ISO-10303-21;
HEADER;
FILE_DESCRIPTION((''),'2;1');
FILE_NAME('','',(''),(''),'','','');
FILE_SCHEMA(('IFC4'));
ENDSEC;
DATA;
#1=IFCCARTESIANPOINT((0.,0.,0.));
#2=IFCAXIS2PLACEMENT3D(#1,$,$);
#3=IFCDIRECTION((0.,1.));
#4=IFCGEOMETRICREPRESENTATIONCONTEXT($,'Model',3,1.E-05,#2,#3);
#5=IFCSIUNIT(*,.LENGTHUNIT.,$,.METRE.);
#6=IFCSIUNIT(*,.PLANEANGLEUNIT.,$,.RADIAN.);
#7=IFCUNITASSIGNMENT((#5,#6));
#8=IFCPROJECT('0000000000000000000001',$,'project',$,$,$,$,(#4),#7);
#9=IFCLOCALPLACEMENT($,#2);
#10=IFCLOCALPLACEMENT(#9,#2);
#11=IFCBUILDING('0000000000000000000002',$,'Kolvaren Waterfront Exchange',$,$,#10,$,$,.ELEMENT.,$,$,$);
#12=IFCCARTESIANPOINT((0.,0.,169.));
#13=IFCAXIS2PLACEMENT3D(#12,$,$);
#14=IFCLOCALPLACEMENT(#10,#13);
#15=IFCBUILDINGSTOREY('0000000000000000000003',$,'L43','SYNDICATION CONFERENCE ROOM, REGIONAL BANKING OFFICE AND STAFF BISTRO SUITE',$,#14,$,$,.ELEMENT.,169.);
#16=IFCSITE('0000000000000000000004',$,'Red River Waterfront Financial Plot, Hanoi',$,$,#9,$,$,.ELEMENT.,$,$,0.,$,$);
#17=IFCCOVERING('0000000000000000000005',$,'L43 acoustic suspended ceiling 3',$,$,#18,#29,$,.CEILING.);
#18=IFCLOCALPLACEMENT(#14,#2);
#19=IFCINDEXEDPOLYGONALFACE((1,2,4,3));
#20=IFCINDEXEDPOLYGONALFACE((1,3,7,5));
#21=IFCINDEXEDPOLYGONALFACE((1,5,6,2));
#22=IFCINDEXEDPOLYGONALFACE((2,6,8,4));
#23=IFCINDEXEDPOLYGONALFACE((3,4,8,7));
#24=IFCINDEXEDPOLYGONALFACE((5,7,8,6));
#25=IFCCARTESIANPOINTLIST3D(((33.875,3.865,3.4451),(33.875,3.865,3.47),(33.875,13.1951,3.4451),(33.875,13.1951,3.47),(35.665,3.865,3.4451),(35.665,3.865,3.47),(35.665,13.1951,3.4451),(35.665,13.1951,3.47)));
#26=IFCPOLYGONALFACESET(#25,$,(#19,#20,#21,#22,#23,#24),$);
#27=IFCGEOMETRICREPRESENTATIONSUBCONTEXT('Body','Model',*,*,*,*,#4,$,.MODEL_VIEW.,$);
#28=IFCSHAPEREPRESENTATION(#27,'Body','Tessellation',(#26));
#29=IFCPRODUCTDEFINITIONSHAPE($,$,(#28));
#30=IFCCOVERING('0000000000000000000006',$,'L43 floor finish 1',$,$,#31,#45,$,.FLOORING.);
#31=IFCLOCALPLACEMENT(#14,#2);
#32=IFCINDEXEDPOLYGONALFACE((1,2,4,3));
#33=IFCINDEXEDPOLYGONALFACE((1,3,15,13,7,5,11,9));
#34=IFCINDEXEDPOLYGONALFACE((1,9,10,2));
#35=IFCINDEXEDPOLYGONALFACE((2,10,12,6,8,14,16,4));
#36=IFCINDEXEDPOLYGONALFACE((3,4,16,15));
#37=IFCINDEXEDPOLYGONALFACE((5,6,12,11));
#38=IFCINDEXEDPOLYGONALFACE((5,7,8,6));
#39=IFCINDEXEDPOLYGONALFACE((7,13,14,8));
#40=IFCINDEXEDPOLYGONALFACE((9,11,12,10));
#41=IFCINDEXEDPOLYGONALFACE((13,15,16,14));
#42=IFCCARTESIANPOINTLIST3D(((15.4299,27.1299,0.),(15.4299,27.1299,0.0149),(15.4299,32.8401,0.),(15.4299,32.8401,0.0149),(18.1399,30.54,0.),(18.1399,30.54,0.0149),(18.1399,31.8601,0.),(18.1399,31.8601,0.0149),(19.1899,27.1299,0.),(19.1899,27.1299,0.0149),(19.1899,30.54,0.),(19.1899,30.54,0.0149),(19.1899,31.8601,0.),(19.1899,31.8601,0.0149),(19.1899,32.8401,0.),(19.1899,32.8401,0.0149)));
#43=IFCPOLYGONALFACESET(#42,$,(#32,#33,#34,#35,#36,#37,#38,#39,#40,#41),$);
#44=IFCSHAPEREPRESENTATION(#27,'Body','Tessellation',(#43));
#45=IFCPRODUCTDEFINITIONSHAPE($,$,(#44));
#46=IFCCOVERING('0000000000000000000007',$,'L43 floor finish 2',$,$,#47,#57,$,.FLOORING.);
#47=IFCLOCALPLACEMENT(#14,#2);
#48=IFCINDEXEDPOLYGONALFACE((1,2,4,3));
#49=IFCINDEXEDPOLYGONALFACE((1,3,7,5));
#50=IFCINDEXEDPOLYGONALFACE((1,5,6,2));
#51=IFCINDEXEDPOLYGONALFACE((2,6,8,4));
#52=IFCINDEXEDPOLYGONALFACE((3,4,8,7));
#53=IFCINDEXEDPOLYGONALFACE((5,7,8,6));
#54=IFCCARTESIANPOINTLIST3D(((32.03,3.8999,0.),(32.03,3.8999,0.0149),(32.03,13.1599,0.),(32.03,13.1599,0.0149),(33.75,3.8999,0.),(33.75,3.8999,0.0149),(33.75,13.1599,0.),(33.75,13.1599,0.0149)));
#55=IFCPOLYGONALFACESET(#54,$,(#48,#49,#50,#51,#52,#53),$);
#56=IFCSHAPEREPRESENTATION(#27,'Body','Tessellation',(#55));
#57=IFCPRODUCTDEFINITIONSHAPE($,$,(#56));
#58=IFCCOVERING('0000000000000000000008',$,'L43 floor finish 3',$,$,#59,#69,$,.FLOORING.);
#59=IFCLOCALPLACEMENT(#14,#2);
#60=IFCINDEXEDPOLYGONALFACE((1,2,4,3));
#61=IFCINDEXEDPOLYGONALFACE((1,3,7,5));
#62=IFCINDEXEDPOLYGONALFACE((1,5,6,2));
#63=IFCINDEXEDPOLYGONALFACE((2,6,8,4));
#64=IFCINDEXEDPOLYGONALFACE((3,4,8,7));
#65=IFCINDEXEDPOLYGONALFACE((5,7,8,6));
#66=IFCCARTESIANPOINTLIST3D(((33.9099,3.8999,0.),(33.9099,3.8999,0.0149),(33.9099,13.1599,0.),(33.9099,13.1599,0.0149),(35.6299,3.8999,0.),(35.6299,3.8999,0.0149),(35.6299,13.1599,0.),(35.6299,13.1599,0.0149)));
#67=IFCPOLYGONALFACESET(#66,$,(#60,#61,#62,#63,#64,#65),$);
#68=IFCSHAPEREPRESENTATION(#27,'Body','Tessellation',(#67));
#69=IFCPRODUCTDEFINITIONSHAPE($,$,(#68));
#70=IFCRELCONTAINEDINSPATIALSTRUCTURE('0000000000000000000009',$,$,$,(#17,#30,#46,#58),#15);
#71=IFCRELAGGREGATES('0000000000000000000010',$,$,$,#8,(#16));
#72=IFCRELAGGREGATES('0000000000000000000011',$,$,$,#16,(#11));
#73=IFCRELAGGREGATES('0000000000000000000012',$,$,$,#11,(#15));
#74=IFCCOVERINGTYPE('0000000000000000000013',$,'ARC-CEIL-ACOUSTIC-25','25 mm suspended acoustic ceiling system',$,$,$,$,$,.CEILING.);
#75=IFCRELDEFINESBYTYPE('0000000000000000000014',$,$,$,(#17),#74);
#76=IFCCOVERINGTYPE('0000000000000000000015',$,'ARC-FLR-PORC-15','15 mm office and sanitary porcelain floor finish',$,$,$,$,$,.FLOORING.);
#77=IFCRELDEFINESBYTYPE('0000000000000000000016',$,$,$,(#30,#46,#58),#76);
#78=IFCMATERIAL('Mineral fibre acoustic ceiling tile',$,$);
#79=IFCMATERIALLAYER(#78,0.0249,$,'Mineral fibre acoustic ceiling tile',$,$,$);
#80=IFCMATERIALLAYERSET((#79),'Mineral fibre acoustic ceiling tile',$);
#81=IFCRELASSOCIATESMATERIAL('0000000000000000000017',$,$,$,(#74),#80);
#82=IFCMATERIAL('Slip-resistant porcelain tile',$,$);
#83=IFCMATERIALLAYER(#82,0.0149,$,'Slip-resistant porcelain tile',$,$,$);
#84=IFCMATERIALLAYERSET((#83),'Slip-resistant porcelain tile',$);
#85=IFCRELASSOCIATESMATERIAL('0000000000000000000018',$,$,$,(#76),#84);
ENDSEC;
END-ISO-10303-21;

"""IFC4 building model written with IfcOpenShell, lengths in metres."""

from ifc_helpers import new_model, si_unit, direction, frame, origin, place, context, subcontext, project, spatial, polyline, outline, extrude, material, layer, layer_set, type_object, element, save


model = new_model("IFC4")

# Units and contexts
model_context = context("Model", 3, precision=1e-05, world=origin(), true_north=direction((0.0, 1.0)))
body_context = subcontext(model_context, "Body", "Model", "MODEL_VIEW")
ifc_project = project(units=[si_unit("LENGTHUNIT", "METRE"), si_unit("PLANEANGLEUNIT", "RADIAN")], contexts=[model_context])

# Site, building, storey
site_placement = place(None, origin())
site = spatial("IfcSite", under=ifc_project, at=site_placement, Name="Red River Waterfront Financial Plot, Hanoi", CompositionType="ELEMENT", RefElevation=0.0)
building_placement = place(site_placement, origin())
building = spatial("IfcBuilding", under=site, at=building_placement, Name="Kolvaren Waterfront Exchange", CompositionType="ELEMENT")
storey_placement = place(building_placement, frame((0.0, 0.0, 169.0)))
storey = spatial("IfcBuildingStorey", under=building, at=storey_placement, Name="L43", Description="SYNDICATION CONFERENCE ROOM, REGIONAL BANKING OFFICE AND STAFF BISTRO SUITE", CompositionType="ELEMENT", Elevation=169.0)

# Coverings
ifc_material_1 = material(Name="Mineral fibre acoustic ceiling tile")
ifc_layer_1 = layer(ifc_material_1, 0.0249, Name="Mineral fibre acoustic ceiling tile")
ifc_layer_set_1 = layer_set([ifc_layer_1], Name="Mineral fibre acoustic ceiling tile")
covering_type_1 = type_object("IfcCoveringType", Name="ARC-CEIL-ACOUSTIC-25", Description="25 mm suspended acoustic ceiling system", PredefinedType="CEILING", material=ifc_layer_set_1)
covering_1_placement = place(storey_placement, frame((0.0, 0.0, 3.4451)))
element("IfcCovering", 1, at=covering_1_placement, inside=storey, type_object=covering_type_1, Name="L43 acoustic suspended ceiling 3", PredefinedType="CEILING", context=body_context, shape_type="SweptSolid", body=[
    extrude(outline(polyline([(35.665, 3.865), (35.665, 13.1951), (33.875, 13.1951), (33.875, 3.865), (35.665, 3.865)])), origin(), (0.0, 0.0, 1.0), 0.0249),
])
ifc_material_2 = material(Name="Slip-resistant porcelain tile")
ifc_layer_2 = layer(ifc_material_2, 0.0149, Name="Slip-resistant porcelain tile")
ifc_layer_set_2 = layer_set([ifc_layer_2], Name="Slip-resistant porcelain tile")
covering_type_2 = type_object("IfcCoveringType", Name="ARC-FLR-PORC-15", Description="15 mm office and sanitary porcelain floor finish", PredefinedType="FLOORING", material=ifc_layer_set_2)
covering_2_placement = place(storey_placement, origin())
element("IfcCovering", 2, at=covering_2_placement, inside=storey, type_object=covering_type_2, Name="L43 floor finish 1", PredefinedType="FLOORING", context=body_context, shape_type="SweptSolid", body=[
    extrude(outline(polyline([(15.4299, 32.8401), (15.4299, 27.1299), (19.1899, 27.1299), (19.1899, 30.54), (18.1399, 30.54), (18.1399, 31.8601), (19.1899, 31.8601), (19.1899, 32.8401), (15.4299, 32.8401)])), origin(), (0.0, 0.0, 1.0), 0.0149),
])
covering_3_placement = place(storey_placement, origin())
element("IfcCovering", 3, at=covering_3_placement, inside=storey, type_object=covering_type_2, Name="L43 floor finish 2", PredefinedType="FLOORING", context=body_context, shape_type="SweptSolid", body=[
    extrude(outline(polyline([(32.03, 13.1599), (32.03, 3.8999), (33.75, 3.8999), (33.75, 13.1599), (32.03, 13.1599)])), origin(), (0.0, 0.0, 1.0), 0.0149),
])
covering_4_placement = place(storey_placement, origin())
element("IfcCovering", 4, at=covering_4_placement, inside=storey, type_object=covering_type_2, Name="L43 floor finish 3", PredefinedType="FLOORING", context=body_context, shape_type="SweptSolid", body=[
    extrude(outline(polyline([(33.9099, 13.1599), (33.9099, 3.8999), (35.6299, 3.8999), (35.6299, 13.1599), (33.9099, 13.1599)])), origin(), (0.0, 0.0, 1.0), 0.0149),
])

save(model, "model.ifc")
